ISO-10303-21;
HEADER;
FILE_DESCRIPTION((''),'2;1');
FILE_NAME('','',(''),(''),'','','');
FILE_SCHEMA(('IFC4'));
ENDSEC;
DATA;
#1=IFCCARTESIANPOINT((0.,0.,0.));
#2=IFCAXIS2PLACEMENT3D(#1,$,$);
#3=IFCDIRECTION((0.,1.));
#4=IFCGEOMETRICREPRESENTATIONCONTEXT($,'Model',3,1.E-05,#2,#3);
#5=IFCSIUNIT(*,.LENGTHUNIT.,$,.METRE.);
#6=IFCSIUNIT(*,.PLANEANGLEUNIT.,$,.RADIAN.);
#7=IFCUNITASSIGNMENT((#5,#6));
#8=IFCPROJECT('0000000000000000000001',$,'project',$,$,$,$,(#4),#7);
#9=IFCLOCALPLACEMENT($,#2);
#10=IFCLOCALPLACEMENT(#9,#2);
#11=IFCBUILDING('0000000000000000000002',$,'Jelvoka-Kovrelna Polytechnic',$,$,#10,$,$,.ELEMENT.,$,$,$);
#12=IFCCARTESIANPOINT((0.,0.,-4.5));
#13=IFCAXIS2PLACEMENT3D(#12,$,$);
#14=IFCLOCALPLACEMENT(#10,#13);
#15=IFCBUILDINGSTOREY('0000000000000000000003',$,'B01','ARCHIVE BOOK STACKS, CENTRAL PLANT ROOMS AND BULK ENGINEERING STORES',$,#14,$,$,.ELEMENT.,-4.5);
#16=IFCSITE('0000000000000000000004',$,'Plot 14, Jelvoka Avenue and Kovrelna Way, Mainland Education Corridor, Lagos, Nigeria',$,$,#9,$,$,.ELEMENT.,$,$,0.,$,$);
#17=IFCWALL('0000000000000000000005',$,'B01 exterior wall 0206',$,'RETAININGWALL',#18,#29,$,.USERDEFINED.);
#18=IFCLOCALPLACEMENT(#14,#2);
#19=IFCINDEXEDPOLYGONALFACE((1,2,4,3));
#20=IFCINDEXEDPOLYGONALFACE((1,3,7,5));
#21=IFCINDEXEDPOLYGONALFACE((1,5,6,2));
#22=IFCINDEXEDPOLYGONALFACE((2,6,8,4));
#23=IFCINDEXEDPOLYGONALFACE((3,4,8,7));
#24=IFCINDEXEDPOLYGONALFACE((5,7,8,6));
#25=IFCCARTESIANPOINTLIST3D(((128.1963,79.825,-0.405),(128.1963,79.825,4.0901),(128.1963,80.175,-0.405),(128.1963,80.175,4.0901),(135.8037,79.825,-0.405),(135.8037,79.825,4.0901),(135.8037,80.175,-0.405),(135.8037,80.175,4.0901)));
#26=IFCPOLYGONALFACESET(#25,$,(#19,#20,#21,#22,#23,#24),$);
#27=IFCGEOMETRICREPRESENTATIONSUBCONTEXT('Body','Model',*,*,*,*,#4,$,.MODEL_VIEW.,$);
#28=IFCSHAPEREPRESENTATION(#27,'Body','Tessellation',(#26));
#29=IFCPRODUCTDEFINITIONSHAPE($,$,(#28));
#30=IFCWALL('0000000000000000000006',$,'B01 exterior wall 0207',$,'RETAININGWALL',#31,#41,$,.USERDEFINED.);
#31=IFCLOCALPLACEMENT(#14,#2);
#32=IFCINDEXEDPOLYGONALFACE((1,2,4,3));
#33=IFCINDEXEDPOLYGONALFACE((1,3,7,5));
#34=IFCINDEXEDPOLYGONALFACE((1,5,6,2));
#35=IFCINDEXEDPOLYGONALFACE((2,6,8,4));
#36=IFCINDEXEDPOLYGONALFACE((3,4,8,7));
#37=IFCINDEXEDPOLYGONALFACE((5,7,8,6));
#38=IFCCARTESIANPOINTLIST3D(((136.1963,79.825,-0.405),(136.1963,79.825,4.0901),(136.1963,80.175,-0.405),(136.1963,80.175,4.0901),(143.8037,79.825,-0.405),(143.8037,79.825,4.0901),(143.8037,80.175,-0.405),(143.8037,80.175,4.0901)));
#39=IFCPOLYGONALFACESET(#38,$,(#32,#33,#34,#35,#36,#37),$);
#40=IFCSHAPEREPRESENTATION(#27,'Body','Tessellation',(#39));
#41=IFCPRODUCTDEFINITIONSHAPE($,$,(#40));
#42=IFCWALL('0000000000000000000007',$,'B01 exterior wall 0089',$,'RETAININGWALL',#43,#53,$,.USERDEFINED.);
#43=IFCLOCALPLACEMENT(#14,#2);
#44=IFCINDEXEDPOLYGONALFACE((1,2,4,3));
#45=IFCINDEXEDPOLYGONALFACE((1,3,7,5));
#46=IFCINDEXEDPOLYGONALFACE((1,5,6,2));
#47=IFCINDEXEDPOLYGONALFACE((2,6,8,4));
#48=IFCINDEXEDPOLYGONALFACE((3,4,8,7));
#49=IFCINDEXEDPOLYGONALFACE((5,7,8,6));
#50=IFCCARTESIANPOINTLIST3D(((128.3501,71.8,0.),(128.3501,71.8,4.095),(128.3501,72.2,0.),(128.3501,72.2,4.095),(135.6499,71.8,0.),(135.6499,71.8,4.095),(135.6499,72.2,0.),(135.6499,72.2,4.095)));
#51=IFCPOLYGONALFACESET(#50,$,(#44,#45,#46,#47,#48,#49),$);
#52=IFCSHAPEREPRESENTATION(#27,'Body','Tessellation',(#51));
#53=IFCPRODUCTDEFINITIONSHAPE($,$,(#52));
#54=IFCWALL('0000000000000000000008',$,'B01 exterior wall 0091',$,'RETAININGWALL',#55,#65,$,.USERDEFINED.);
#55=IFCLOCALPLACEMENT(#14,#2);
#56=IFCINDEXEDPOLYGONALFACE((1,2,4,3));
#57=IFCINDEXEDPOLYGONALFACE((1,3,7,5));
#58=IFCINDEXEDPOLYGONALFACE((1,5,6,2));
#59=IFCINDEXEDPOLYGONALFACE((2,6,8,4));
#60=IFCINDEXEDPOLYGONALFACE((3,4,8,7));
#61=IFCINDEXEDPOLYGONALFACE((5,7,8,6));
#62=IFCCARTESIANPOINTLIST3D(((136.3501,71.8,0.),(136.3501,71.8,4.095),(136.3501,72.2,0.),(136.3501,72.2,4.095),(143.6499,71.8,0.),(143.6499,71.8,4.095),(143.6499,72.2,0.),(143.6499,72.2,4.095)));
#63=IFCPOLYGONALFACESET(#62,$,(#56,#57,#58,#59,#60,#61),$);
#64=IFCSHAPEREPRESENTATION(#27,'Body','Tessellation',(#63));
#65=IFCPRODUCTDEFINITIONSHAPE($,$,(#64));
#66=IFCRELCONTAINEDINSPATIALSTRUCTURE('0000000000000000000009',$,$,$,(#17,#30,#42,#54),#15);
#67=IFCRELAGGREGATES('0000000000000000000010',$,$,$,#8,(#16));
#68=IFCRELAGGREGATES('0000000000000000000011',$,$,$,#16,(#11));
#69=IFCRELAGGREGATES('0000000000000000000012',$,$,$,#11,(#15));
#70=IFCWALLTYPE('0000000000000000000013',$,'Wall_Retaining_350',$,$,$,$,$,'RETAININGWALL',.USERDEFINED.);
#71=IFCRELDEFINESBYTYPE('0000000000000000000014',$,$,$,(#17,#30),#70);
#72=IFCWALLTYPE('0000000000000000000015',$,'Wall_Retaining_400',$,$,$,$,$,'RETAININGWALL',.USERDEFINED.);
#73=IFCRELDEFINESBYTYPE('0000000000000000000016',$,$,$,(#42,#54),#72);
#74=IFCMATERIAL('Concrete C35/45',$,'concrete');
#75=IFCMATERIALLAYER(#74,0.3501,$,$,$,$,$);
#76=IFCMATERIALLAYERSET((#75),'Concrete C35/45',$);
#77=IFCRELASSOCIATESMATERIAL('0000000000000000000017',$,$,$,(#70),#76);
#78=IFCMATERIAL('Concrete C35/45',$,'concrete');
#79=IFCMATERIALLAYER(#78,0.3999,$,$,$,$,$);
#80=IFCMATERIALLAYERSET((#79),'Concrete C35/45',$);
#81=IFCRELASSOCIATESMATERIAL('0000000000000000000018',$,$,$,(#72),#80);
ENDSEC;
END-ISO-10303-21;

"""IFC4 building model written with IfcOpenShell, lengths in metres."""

from ifc_helpers import new_model, si_unit, direction, frame, frame_2d, origin, place, context, subcontext, project, spatial, rectangle, extrude, material, layer, layer_set, type_object, element, save


model = new_model("IFC4")

# Units and contexts
model_context = context("Model", 3, precision=1e-05, world=origin(), true_north=direction((0.0, 1.0)))
body_context = subcontext(model_context, "Body", "Model", "MODEL_VIEW")
ifc_project = project(units=[si_unit("LENGTHUNIT", "METRE"), si_unit("PLANEANGLEUNIT", "RADIAN")], contexts=[model_context])

# Site, building, storey
site_placement = place(None, origin())
site = spatial("IfcSite", under=ifc_project, at=site_placement, Name="Plot 14, Jelvoka Avenue and Kovrelna Way, Mainland Education Corridor, Lagos, Nigeria", CompositionType="ELEMENT", RefElevation=0.0)
building_placement = place(site_placement, origin())
building = spatial("IfcBuilding", under=site, at=building_placement, Name="Jelvoka-Kovrelna Polytechnic", CompositionType="ELEMENT")
storey_placement = place(building_placement, frame((0.0, 0.0, -4.5)))
storey = spatial("IfcBuildingStorey", under=building, at=storey_placement, Name="B01", Description="ARCHIVE BOOK STACKS, CENTRAL PLANT ROOMS AND BULK ENGINEERING STORES", CompositionType="ELEMENT", Elevation=-4.5)

# Walls
ifc_material_1 = material(Name="Concrete C35/45", Category="concrete")
ifc_layer_1 = layer(ifc_material_1, 0.3501)
ifc_layer_set_1 = layer_set([ifc_layer_1], Name="Concrete C35/45")
wall_type_1 = type_object("IfcWallType", Name="Wall_Retaining_350", ElementType="RETAININGWALL", PredefinedType="USERDEFINED", material=ifc_layer_set_1)
for number, where, z_axis, x_axis, name in (
    (1, (128.1963, 80.0, -0.405), (0.0, 0.0, 1.0), (1.0, 0.0, 0.0), "B01 exterior wall 0206"),
    (2, (136.1963, 80.0, -0.405), (0.0, 0.0, 1.0), (1.0, 0.0, 0.0), "B01 exterior wall 0207"),
):
    element("IfcWall", number, at=place(storey_placement, frame(where, z_axis=z_axis, x_axis=x_axis)), inside=storey, type_object=wall_type_1, Name=name, ObjectType="RETAININGWALL", PredefinedType="USERDEFINED", context=body_context, shape_type="SweptSolid", body=[
        extrude(rectangle(XDim=7.6074, YDim=0.3501, at=frame_2d((3.8037, 0.0))), origin(), (0.0, 0.0, 1.0), 4.4951),
    ])
ifc_material_2 = material(Name="Concrete C35/45", Category="concrete")
ifc_layer_2 = layer(ifc_material_2, 0.3999)
ifc_layer_set_2 = layer_set([ifc_layer_2], Name="Concrete C35/45")
wall_type_2 = type_object("IfcWallType", Name="Wall_Retaining_400", ElementType="RETAININGWALL", PredefinedType="USERDEFINED", material=ifc_layer_set_2)
for number, where, z_axis, x_axis, name in (
    (3, (128.3501, 72.0, 0.0), (0.0, 0.0, 1.0), (1.0, 0.0, 0.0), "B01 exterior wall 0089"),
    (4, (136.3501, 72.0, 0.0), (0.0, 0.0, 1.0), (1.0, 0.0, 0.0), "B01 exterior wall 0091"),
):
    element("IfcWall", number, at=place(storey_placement, frame(where, z_axis=z_axis, x_axis=x_axis)), inside=storey, type_object=wall_type_2, Name=name, ObjectType="RETAININGWALL", PredefinedType="USERDEFINED", context=body_context, shape_type="SweptSolid", body=[
        extrude(rectangle(XDim=7.2998, YDim=0.3999, at=frame_2d((3.6499, 0.0))), origin(), (0.0, 0.0, 1.0), 4.095),
    ])

save(model, "model.ifc")
